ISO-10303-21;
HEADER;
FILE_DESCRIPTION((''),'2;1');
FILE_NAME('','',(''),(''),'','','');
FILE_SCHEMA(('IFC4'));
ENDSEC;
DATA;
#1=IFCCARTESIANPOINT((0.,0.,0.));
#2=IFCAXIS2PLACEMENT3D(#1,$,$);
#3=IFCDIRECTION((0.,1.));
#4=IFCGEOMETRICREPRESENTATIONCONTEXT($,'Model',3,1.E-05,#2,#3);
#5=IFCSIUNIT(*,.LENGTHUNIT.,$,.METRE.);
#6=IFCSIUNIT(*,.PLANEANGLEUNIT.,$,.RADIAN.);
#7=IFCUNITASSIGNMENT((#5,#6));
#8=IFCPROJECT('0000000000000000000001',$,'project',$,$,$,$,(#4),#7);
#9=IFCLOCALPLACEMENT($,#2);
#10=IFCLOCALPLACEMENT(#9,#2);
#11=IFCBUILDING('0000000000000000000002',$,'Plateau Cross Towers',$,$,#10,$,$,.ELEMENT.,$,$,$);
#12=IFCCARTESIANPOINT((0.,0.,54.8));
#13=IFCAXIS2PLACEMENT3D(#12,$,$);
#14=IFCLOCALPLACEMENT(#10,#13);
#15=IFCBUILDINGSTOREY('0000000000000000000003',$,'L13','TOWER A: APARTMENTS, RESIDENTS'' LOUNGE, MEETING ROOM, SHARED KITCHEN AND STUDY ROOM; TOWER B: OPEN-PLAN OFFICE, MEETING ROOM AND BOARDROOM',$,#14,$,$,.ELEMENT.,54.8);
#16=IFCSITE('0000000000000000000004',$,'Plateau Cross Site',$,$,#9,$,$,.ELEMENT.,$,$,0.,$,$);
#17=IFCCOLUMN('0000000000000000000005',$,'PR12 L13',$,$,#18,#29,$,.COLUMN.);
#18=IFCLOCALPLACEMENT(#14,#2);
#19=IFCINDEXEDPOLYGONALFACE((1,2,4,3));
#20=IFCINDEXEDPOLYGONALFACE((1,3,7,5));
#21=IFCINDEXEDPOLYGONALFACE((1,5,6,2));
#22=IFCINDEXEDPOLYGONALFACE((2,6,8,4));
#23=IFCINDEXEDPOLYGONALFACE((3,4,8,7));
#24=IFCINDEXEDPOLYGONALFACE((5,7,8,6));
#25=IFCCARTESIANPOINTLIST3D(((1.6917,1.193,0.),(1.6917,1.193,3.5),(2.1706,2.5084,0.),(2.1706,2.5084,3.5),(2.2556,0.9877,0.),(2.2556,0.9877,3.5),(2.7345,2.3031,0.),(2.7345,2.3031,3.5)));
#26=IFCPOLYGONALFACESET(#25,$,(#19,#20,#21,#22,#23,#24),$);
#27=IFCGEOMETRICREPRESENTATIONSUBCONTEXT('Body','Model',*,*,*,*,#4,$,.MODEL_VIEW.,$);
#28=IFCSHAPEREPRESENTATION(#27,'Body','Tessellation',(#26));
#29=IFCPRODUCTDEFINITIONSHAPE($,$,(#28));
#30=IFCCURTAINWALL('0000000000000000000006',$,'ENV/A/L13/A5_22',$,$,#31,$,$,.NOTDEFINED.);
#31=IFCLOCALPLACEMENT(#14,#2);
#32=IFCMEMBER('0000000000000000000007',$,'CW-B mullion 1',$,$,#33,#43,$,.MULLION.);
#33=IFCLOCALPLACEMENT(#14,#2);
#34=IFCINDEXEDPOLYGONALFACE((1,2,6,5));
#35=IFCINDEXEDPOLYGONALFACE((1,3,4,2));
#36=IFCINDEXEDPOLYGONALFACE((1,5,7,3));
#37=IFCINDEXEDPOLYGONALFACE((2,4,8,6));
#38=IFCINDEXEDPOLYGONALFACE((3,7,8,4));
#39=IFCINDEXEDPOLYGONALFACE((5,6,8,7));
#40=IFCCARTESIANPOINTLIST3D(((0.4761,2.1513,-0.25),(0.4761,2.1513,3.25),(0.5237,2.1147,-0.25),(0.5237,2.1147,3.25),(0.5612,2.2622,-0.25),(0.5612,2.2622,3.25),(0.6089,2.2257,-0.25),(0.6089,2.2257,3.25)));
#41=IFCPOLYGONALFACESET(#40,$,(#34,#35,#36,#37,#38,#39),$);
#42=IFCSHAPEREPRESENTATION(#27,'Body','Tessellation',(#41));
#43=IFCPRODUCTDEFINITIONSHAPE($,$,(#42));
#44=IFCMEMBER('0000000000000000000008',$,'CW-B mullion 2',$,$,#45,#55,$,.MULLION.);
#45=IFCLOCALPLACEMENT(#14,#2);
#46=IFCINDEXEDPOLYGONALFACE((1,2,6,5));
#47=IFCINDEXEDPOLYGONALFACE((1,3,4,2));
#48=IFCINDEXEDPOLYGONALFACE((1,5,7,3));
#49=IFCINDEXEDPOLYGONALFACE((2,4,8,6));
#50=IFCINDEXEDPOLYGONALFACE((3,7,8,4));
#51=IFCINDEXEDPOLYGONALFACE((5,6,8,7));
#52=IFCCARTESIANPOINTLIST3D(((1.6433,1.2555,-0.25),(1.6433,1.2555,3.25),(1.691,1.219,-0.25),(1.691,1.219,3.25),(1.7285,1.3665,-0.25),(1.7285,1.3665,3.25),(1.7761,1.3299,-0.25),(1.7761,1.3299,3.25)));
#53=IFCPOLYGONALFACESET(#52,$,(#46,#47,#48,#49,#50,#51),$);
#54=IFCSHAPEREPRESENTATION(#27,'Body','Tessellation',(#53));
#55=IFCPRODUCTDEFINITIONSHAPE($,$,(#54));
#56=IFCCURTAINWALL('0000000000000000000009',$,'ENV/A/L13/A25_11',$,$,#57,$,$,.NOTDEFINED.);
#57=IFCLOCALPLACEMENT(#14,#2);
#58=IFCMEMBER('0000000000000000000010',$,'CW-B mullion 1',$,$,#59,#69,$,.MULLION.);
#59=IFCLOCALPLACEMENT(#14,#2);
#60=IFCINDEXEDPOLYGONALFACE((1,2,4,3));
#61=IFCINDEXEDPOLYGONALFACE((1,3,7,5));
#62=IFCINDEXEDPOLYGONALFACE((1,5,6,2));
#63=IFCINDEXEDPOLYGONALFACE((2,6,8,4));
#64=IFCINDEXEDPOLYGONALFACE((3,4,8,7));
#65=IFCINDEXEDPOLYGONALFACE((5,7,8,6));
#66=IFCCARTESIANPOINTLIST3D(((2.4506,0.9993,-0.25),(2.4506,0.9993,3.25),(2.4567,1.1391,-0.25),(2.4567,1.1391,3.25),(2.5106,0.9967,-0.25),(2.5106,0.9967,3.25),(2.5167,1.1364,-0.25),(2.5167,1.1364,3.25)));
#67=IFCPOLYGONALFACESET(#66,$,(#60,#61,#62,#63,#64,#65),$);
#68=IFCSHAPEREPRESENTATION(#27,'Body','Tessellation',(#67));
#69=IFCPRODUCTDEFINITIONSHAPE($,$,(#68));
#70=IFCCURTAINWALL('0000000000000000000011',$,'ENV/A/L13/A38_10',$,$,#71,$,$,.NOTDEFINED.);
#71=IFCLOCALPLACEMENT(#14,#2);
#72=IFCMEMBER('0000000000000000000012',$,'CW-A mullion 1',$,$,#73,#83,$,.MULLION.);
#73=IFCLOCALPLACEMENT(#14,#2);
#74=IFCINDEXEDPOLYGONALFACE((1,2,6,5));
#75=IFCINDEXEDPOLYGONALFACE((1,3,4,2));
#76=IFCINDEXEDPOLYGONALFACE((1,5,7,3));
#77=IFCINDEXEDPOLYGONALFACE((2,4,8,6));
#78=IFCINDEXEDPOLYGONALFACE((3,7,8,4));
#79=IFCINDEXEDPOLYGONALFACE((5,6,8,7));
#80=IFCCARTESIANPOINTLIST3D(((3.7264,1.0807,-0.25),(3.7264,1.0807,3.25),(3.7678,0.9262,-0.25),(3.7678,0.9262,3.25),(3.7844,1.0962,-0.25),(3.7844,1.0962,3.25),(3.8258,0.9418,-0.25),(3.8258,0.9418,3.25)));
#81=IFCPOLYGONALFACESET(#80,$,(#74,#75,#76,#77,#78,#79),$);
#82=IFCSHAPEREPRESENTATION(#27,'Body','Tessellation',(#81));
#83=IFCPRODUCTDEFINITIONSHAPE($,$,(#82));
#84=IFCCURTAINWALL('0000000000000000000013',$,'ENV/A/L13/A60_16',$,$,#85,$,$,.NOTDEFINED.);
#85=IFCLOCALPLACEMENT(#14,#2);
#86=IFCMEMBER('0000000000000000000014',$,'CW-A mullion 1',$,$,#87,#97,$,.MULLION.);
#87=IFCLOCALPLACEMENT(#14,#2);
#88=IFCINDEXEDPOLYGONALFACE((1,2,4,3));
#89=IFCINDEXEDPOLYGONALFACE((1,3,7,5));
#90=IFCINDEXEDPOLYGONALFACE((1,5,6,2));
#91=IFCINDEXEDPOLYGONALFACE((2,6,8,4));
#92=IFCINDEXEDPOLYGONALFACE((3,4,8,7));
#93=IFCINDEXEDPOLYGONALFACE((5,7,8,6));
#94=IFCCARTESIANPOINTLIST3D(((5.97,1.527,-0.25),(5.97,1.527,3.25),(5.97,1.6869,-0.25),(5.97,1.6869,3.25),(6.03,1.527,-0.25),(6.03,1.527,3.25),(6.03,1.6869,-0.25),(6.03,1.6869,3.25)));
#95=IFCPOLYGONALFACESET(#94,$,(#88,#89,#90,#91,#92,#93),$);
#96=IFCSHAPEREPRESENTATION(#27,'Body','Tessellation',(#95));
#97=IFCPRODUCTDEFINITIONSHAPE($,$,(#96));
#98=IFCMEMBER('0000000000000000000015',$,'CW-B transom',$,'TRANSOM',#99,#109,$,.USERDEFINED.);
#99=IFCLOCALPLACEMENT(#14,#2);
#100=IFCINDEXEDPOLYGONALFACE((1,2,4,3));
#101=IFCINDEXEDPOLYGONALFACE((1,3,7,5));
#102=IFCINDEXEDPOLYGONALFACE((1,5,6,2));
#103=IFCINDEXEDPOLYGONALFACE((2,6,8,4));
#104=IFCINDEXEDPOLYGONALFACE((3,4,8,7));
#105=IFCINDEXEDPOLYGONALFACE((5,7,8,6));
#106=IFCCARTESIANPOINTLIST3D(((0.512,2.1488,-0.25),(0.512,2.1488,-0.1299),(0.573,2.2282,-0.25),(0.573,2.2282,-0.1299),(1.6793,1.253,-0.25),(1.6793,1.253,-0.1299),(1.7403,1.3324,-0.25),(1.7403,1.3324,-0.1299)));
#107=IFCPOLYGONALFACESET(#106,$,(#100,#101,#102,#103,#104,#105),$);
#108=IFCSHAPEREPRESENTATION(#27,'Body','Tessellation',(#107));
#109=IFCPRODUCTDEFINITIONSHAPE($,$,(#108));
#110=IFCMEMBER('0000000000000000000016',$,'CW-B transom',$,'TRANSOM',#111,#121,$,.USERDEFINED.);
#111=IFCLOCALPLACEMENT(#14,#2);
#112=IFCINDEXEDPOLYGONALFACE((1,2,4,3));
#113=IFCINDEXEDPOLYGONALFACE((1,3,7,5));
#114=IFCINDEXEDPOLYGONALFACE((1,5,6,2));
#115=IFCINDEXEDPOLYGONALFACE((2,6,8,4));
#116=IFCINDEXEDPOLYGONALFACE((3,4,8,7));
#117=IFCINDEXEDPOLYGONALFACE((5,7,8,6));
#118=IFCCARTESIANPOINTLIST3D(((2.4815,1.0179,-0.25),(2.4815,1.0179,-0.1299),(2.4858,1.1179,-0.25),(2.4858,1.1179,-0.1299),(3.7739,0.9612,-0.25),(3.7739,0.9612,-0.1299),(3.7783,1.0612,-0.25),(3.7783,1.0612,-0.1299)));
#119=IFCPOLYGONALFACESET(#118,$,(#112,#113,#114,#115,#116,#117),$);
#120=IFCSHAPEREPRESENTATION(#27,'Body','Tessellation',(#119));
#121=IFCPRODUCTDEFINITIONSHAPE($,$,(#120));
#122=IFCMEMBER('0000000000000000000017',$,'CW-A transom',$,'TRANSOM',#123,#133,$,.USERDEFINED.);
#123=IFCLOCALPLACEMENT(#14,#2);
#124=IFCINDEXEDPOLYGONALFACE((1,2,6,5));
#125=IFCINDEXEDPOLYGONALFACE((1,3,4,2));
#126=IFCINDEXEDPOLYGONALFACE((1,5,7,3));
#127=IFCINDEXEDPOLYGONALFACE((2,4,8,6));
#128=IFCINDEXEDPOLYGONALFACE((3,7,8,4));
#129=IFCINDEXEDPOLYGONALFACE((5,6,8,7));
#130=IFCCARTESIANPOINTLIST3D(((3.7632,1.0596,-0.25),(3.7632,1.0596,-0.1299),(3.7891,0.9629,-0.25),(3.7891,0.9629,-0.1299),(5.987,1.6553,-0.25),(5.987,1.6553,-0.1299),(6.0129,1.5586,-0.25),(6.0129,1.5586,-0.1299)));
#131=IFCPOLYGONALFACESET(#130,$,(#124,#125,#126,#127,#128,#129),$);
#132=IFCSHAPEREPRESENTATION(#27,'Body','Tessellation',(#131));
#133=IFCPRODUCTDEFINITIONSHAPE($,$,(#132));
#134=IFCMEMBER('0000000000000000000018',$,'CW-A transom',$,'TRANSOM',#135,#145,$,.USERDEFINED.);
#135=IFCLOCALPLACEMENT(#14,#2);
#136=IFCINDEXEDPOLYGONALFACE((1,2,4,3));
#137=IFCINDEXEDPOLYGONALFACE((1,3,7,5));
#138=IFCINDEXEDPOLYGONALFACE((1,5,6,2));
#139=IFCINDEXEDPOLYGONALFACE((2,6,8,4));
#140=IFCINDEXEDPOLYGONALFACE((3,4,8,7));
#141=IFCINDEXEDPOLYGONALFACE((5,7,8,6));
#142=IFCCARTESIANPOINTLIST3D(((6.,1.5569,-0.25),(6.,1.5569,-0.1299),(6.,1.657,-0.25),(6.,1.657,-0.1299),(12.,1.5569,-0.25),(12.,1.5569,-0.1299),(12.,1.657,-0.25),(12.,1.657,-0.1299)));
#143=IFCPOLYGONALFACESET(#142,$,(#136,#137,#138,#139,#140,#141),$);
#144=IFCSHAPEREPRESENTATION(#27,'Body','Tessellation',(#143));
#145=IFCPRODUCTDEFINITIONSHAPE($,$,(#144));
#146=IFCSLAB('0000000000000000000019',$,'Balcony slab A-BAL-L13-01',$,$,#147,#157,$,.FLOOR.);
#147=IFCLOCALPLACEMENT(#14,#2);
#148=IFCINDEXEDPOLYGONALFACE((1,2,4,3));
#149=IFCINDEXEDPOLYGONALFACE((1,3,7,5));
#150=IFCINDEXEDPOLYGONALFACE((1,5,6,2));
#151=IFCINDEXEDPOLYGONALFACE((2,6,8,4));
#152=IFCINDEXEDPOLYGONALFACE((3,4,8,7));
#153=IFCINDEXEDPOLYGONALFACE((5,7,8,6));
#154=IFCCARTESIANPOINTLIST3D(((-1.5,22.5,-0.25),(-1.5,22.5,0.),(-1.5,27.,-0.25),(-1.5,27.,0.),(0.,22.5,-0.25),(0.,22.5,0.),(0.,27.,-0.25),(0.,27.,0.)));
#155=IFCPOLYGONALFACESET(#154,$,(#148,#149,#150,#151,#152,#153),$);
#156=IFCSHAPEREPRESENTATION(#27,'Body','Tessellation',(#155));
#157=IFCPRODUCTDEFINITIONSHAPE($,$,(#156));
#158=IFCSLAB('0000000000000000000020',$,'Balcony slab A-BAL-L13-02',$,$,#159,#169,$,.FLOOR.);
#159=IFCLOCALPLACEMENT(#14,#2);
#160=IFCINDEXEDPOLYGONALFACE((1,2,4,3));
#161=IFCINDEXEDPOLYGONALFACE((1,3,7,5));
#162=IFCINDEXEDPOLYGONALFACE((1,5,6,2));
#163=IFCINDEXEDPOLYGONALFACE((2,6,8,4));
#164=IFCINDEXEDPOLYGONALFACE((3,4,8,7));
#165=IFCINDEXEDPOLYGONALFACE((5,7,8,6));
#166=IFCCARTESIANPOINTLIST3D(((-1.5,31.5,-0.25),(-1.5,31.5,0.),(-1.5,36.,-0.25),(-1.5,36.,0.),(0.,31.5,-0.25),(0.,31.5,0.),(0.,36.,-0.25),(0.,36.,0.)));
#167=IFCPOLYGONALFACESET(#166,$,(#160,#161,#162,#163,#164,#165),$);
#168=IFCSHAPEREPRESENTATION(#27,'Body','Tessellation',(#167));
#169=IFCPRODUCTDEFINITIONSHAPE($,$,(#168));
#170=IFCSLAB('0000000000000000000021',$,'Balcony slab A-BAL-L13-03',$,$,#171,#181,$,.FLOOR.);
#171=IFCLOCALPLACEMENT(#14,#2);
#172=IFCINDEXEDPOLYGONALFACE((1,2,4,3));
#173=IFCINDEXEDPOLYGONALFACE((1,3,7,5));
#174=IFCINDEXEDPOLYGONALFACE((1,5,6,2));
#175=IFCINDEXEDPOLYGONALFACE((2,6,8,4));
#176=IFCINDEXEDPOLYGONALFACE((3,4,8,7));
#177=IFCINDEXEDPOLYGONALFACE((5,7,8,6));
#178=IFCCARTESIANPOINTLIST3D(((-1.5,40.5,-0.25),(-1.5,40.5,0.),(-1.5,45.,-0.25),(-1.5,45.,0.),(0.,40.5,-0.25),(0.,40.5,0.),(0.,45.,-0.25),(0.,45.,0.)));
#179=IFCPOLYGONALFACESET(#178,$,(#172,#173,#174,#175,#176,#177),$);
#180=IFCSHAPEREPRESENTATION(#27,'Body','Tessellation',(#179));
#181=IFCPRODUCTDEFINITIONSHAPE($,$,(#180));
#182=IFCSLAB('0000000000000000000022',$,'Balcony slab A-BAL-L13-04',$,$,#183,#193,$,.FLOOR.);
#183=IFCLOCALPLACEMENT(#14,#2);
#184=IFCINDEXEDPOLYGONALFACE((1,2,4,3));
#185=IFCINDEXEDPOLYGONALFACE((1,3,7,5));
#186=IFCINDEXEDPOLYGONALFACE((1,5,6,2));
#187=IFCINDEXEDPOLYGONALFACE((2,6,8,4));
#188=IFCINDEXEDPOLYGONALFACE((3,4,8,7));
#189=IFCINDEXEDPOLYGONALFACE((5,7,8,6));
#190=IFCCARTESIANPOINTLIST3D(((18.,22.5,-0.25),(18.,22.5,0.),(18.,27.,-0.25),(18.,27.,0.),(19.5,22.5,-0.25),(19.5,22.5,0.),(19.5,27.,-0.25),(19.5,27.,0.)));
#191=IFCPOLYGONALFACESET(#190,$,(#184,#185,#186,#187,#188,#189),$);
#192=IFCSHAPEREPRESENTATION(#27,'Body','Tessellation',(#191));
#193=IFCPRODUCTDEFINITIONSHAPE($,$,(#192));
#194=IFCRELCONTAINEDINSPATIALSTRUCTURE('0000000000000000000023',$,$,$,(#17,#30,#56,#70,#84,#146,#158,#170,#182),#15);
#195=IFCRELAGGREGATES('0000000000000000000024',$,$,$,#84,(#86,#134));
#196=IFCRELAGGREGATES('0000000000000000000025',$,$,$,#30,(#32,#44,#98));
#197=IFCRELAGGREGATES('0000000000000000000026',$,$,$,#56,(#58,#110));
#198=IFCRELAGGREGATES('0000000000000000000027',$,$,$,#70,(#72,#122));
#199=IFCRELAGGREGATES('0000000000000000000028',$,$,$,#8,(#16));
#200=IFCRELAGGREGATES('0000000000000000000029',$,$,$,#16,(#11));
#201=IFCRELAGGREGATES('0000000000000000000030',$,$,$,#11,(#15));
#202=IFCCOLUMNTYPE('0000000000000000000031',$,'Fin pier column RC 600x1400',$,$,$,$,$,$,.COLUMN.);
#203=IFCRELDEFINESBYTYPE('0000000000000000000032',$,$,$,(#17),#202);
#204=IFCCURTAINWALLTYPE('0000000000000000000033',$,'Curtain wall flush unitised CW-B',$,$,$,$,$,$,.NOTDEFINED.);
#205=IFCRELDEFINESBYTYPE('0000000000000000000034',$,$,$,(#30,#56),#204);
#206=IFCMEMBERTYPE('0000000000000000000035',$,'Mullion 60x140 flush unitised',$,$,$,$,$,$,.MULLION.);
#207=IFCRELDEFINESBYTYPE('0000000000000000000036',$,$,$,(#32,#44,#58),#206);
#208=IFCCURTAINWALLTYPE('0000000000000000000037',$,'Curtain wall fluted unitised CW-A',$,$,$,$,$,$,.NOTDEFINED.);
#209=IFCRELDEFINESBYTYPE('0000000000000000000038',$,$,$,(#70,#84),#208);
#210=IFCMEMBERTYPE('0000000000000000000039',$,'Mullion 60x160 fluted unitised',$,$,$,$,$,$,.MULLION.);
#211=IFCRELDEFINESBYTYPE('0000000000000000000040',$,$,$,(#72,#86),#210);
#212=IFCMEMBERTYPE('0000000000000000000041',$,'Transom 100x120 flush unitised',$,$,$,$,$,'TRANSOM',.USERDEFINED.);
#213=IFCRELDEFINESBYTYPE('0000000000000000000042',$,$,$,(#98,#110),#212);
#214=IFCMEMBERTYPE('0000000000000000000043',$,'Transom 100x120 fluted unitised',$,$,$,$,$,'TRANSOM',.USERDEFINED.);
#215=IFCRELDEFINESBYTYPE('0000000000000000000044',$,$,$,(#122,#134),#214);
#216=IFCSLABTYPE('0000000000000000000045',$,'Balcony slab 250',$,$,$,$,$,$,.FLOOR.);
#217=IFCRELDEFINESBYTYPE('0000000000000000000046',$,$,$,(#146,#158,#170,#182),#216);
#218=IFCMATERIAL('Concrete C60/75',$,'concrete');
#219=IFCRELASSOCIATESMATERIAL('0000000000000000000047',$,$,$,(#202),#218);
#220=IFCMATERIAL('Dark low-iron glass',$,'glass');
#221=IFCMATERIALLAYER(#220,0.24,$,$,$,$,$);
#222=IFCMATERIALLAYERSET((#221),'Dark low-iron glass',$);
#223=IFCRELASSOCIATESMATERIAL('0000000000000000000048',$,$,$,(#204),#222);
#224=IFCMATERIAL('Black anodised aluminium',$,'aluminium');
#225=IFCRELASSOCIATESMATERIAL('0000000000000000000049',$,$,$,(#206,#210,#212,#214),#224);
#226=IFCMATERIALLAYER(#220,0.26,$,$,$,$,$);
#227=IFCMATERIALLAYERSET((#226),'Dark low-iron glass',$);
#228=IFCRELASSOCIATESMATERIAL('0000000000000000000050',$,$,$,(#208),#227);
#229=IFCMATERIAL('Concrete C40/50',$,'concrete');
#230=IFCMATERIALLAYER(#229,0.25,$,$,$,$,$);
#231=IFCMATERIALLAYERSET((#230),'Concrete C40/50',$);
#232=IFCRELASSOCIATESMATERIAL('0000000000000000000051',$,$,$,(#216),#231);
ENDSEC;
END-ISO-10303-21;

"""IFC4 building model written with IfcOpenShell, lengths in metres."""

from ifc_helpers import new_model, si_unit, direction, frame, origin, origin_2d, place, context, subcontext, project, spatial, polyline, rectangle, outline, extrude, material, layer, layer_set, material_profile, profile_set, type_object, element, aggregate, save


model = new_model("IFC4")

# Units and contexts
model_context = context("Model", 3, precision=1e-05, world=origin(), true_north=direction((0.0, 1.0)))
body_context = subcontext(model_context, "Body", "Model", "MODEL_VIEW")
ifc_project = project(units=[si_unit("LENGTHUNIT", "METRE"), si_unit("PLANEANGLEUNIT", "RADIAN")], contexts=[model_context])

# Site, building, storey
site_placement = place(None, origin())
site = spatial("IfcSite", under=ifc_project, at=site_placement, Name="Plateau Cross Site", CompositionType="ELEMENT", RefElevation=0.0)
building_placement = place(site_placement, origin())
building = spatial("IfcBuilding", under=site, at=building_placement, Name="Plateau Cross Towers", CompositionType="ELEMENT")
storey_placement = place(building_placement, frame((0.0, 0.0, 54.8)))
storey = spatial("IfcBuildingStorey", under=building, at=storey_placement, Name="L13", Description="TOWER A: APARTMENTS, RESIDENTS' LOUNGE, MEETING ROOM, SHARED KITCHEN AND STUDY ROOM; TOWER B: OPEN-PLAN OFFICE, MEETING ROOM AND BOARDROOM", CompositionType="ELEMENT", Elevation=54.8)

# Column
ifc_material_1 = material(Name="Concrete C60/75", Category="concrete")
ifc_material_profile_1 = material_profile(ifc_material_1, rectangle(XDim=0.6001, YDim=1.3999, at=origin_2d()), Name="RC 600x1400")
ifc_profile_set_1 = profile_set([ifc_material_profile_1], Name="Concrete C60/75")
column_type = type_object("IfcColumnType", Name="Fin pier column RC 600x1400", PredefinedType="COLUMN", material=ifc_profile_set_1)
column_placement = place(storey_placement, frame((2.2131, 1.748, 0.0), z_axis=(0.0, 0.0, 1.0), x_axis=(-0.939664, 0.342098, 0.0)))
element("IfcColumn", 1, at=column_placement, inside=storey, type_object=column_type, Name="PR12 L13", PredefinedType="COLUMN", context=body_context, shape_type="SweptSolid", body=[
    extrude(rectangle(XDim=0.6001, YDim=1.3999, at=origin_2d()), origin(), (0.0, 0.0, 1.0), 3.5),
])

# Curtain wall, members
ifc_material_2 = material(Name="Dark low-iron glass", Category="glass")
ifc_layer_1 = layer(ifc_material_2, 0.24)
ifc_layer_set_1 = layer_set([ifc_layer_1], Name="Dark low-iron glass")
curtain_wall_type_1 = type_object("IfcCurtainWallType", Name="Curtain wall flush unitised CW-B", PredefinedType="NOTDEFINED", material=ifc_layer_set_1)
curtain_wall_1_placement = place(storey_placement, origin())
curtain_wall_1 = element("IfcCurtainWall", 2, at=curtain_wall_1_placement, inside=storey, type_object=curtain_wall_type_1, Name="ENV/A/L13/A5_22", PredefinedType="NOTDEFINED")
ifc_material_3 = material(Name="Black anodised aluminium", Category="aluminium")
ifc_material_profile_2 = material_profile(ifc_material_3, rectangle(XDim=0.0601, YDim=0.1399, at=origin_2d()), Name="MULLION 60x140")
ifc_profile_set_2 = profile_set([ifc_material_profile_2], Name="Black anodised aluminium")
member_type_1 = type_object("IfcMemberType", Name="Mullion 60x140 flush unitised", PredefinedType="MULLION", material=ifc_profile_set_2)
member_1_placement = place(storey_placement, frame((0.5425, 2.1885, -0.25), z_axis=(0.0, 0.0, 1.0), x_axis=(0.793316, -0.608811, 0.0)))
member_1 = element("IfcMember", 3, at=member_1_placement, type_object=member_type_1, Name="CW-B mullion 1", PredefinedType="MULLION", context=body_context, shape_type="SweptSolid", body=[
    extrude(rectangle(XDim=0.0601, YDim=0.1399, at=origin_2d()), origin(), (0.0, 0.0, 1.0), 3.5),
])
member_2_placement = place(storey_placement, frame((1.7097, 1.2927, -0.25), z_axis=(0.0, 0.0, 1.0), x_axis=(0.793316, -0.608811, 0.0)))
member_2 = element("IfcMember", 4, at=member_2_placement, type_object=member_type_1, Name="CW-B mullion 2", PredefinedType="MULLION", context=body_context, shape_type="SweptSolid", body=[
    extrude(rectangle(XDim=0.0601, YDim=0.1399, at=origin_2d()), origin(), (0.0, 0.0, 1.0), 3.5),
])

# Curtain walls, members
curtain_wall_2_placement = place(storey_placement, origin())
curtain_wall_2 = element("IfcCurtainWall", 5, at=curtain_wall_2_placement, inside=storey, type_object=curtain_wall_type_1, Name="ENV/A/L13/A25_11", PredefinedType="NOTDEFINED")
member_3_placement = place(storey_placement, frame((2.4836, 1.0679, -0.25), z_axis=(0.0, 0.0, 1.0), x_axis=(0.999044, -0.043723, 0.0)))
member_3 = element("IfcMember", 6, at=member_3_placement, type_object=member_type_1, Name="CW-B mullion 1", PredefinedType="MULLION", context=body_context, shape_type="SweptSolid", body=[
    extrude(rectangle(XDim=0.0601, YDim=0.1399, at=origin_2d()), origin(), (0.0, 0.0, 1.0), 3.5),
])
ifc_layer_2 = layer(ifc_material_2, 0.26)
ifc_layer_set_2 = layer_set([ifc_layer_2], Name="Dark low-iron glass")
curtain_wall_type_2 = type_object("IfcCurtainWallType", Name="Curtain wall fluted unitised CW-A", PredefinedType="NOTDEFINED", material=ifc_layer_set_2)
curtain_wall_3_placement = place(storey_placement, origin())
curtain_wall_3 = element("IfcCurtainWall", 7, at=curtain_wall_3_placement, inside=storey, type_object=curtain_wall_type_2, Name="ENV/A/L13/A38_10", PredefinedType="NOTDEFINED")
ifc_material_profile_3 = material_profile(ifc_material_3, rectangle(XDim=0.0601, YDim=0.1599, at=origin_2d()), Name="MULLION 60x160")
ifc_profile_set_3 = profile_set([ifc_material_profile_3], Name="Black anodised aluminium")
member_type_2 = type_object("IfcMemberType", Name="Mullion 60x160 fluted unitised", PredefinedType="MULLION", material=ifc_profile_set_3)
member_4_placement = place(storey_placement, frame((3.7761, 1.0112, -0.25), z_axis=(0.0, 0.0, 1.0), x_axis=(0.965958, 0.258699, 0.0)))
member_4 = element("IfcMember", 8, at=member_4_placement, type_object=member_type_2, Name="CW-A mullion 1", PredefinedType="MULLION", context=body_context, shape_type="SweptSolid", body=[
    extrude(rectangle(XDim=0.0601, YDim=0.1599, at=origin_2d()), origin(), (0.0, 0.0, 1.0), 3.5),
])
curtain_wall_4_placement = place(storey_placement, origin())
curtain_wall_4 = element("IfcCurtainWall", 9, at=curtain_wall_4_placement, inside=storey, type_object=curtain_wall_type_2, Name="ENV/A/L13/A60_16", PredefinedType="NOTDEFINED")
member_5_placement = place(storey_placement, frame((6.0, 1.6069, -0.25), z_axis=(0.0, 0.0, 1.0), x_axis=(1.0, 0.0, 0.0)))
member_5 = element("IfcMember", 10, at=member_5_placement, type_object=member_type_2, Name="CW-A mullion 1", PredefinedType="MULLION", context=body_context, shape_type="SweptSolid", body=[
    extrude(rectangle(XDim=0.0601, YDim=0.1599, at=origin_2d()), origin(), (0.0, 0.0, 1.0), 3.5),
])

# Members
ifc_material_profile_4 = material_profile(ifc_material_3, rectangle(XDim=0.1001, YDim=0.1201, at=origin_2d()), Name="TRANSOM 100x120")
ifc_profile_set_4 = profile_set([ifc_material_profile_4], Name="Black anodised aluminium")
member_type_3 = type_object("IfcMemberType", Name="Transom 100x120 flush unitised", ElementType="TRANSOM", PredefinedType="USERDEFINED", material=ifc_profile_set_4)
member_6_placement = place(storey_placement, frame((0.5425, 2.1885, -0.1899), z_axis=(0.793321, -0.608804, 0.0), x_axis=(0.608804, 0.793321, 0.0)))
member_6 = element("IfcMember", 11, at=member_6_placement, type_object=member_type_3, Name="CW-B transom", ObjectType="TRANSOM", PredefinedType="USERDEFINED", context=body_context, shape_type="SweptSolid", body=[
    extrude(rectangle(XDim=0.1001, YDim=0.1201, at=origin_2d()), origin(), (0.0, 0.0, 1.0), 1.4714),
])
member_7_placement = place(storey_placement, frame((2.4836, 1.0679, -0.1899), z_axis=(0.999041, -0.043781, 0.0), x_axis=(0.043781, 0.999041, 0.0)))
member_7 = element("IfcMember", 12, at=member_7_placement, type_object=member_type_3, Name="CW-B transom", ObjectType="TRANSOM", PredefinedType="USERDEFINED", context=body_context, shape_type="SweptSolid", body=[
    extrude(rectangle(XDim=0.1001, YDim=0.1201, at=origin_2d()), origin(), (0.0, 0.0, 1.0), 1.2937),
])
ifc_material_profile_5 = material_profile(ifc_material_3, rectangle(XDim=0.1001, YDim=0.1201, at=origin_2d()), Name="TRANSOM 100x120")
ifc_profile_set_5 = profile_set([ifc_material_profile_5], Name="Black anodised aluminium")
member_type_4 = type_object("IfcMemberType", Name="Transom 100x120 fluted unitised", ElementType="TRANSOM", PredefinedType="USERDEFINED", material=ifc_profile_set_5)
member_8_placement = place(storey_placement, frame((3.7761, 1.0112, -0.1899), z_axis=(0.965946, 0.258745, 0.0), x_axis=(-0.258745, 0.965946, 0.0)))
member_8 = element("IfcMember", 13, at=member_8_placement, type_object=member_type_4, Name="CW-A transom", ObjectType="TRANSOM", PredefinedType="USERDEFINED", context=body_context, shape_type="SweptSolid", body=[
    extrude(rectangle(XDim=0.1001, YDim=0.1201, at=origin_2d()), origin(), (0.0, 0.0, 1.0), 2.3022),
])
member_9_placement = place(storey_placement, frame((6.0, 1.6069, -0.1899), z_axis=(1.0, 0.0, 0.0), x_axis=(0.0, 1.0, 0.0)))
member_9 = element("IfcMember", 14, at=member_9_placement, type_object=member_type_4, Name="CW-A transom", ObjectType="TRANSOM", PredefinedType="USERDEFINED", context=body_context, shape_type="SweptSolid", body=[
    extrude(rectangle(XDim=0.1001, YDim=0.1201, at=origin_2d()), origin(), (0.0, 0.0, 1.0), 6.0),
])
aggregate(curtain_wall_4, [member_5, member_9])

# Slabs
ifc_material_4 = material(Name="Concrete C40/50", Category="concrete")
ifc_layer_3 = layer(ifc_material_4, 0.25)
ifc_layer_set_3 = layer_set([ifc_layer_3], Name="Concrete C40/50")
slab_type_1 = type_object("IfcSlabType", Name="Balcony slab 250", PredefinedType="FLOOR", material=ifc_layer_set_3)
slab_1_placement = place(storey_placement, frame((0.0, 0.0, -0.25)))
element("IfcSlab", 15, at=slab_1_placement, inside=storey, type_object=slab_type_1, Name="Balcony slab A-BAL-L13-01", PredefinedType="FLOOR", context=body_context, shape_type="SweptSolid", body=[
    extrude(outline(polyline([(0.0, 22.5), (0.0, 27.0), (-1.5, 27.0), (-1.5, 22.5), (0.0, 22.5)])), origin(), (0.0, 0.0, 1.0), 0.25),
])
slab_2_placement = place(storey_placement, frame((0.0, 0.0, -0.25)))
element("IfcSlab", 16, at=slab_2_placement, inside=storey, type_object=slab_type_1, Name="Balcony slab A-BAL-L13-02", PredefinedType="FLOOR", context=body_context, shape_type="SweptSolid", body=[
    extrude(outline(polyline([(0.0, 31.5), (0.0, 36.0), (-1.5, 36.0), (-1.5, 31.5), (0.0, 31.5)])), origin(), (0.0, 0.0, 1.0), 0.25),
])
slab_3_placement = place(storey_placement, frame((0.0, 0.0, -0.25)))
element("IfcSlab", 17, at=slab_3_placement, inside=storey, type_object=slab_type_1, Name="Balcony slab A-BAL-L13-03", PredefinedType="FLOOR", context=body_context, shape_type="SweptSolid", body=[
    extrude(outline(polyline([(0.0, 40.5), (0.0, 45.0), (-1.5, 45.0), (-1.5, 40.5), (0.0, 40.5)])), origin(), (0.0, 0.0, 1.0), 0.25),
])
slab_4_placement = place(storey_placement, frame((0.0, 0.0, -0.25)))
element("IfcSlab", 18, at=slab_4_placement, inside=storey, type_object=slab_type_1, Name="Balcony slab A-BAL-L13-04", PredefinedType="FLOOR", context=body_context, shape_type="SweptSolid", body=[
    extrude(outline(polyline([(19.5, 22.5), (19.5, 27.0), (18.0, 27.0), (18.0, 22.5), (19.5, 22.5)])), origin(), (0.0, 0.0, 1.0), 0.25),
])

aggregate(curtain_wall_1, [member_1, member_2, member_6])
aggregate(curtain_wall_2, [member_3, member_7])
aggregate(curtain_wall_3, [member_4, member_8])

save(model, "model.ifc")
